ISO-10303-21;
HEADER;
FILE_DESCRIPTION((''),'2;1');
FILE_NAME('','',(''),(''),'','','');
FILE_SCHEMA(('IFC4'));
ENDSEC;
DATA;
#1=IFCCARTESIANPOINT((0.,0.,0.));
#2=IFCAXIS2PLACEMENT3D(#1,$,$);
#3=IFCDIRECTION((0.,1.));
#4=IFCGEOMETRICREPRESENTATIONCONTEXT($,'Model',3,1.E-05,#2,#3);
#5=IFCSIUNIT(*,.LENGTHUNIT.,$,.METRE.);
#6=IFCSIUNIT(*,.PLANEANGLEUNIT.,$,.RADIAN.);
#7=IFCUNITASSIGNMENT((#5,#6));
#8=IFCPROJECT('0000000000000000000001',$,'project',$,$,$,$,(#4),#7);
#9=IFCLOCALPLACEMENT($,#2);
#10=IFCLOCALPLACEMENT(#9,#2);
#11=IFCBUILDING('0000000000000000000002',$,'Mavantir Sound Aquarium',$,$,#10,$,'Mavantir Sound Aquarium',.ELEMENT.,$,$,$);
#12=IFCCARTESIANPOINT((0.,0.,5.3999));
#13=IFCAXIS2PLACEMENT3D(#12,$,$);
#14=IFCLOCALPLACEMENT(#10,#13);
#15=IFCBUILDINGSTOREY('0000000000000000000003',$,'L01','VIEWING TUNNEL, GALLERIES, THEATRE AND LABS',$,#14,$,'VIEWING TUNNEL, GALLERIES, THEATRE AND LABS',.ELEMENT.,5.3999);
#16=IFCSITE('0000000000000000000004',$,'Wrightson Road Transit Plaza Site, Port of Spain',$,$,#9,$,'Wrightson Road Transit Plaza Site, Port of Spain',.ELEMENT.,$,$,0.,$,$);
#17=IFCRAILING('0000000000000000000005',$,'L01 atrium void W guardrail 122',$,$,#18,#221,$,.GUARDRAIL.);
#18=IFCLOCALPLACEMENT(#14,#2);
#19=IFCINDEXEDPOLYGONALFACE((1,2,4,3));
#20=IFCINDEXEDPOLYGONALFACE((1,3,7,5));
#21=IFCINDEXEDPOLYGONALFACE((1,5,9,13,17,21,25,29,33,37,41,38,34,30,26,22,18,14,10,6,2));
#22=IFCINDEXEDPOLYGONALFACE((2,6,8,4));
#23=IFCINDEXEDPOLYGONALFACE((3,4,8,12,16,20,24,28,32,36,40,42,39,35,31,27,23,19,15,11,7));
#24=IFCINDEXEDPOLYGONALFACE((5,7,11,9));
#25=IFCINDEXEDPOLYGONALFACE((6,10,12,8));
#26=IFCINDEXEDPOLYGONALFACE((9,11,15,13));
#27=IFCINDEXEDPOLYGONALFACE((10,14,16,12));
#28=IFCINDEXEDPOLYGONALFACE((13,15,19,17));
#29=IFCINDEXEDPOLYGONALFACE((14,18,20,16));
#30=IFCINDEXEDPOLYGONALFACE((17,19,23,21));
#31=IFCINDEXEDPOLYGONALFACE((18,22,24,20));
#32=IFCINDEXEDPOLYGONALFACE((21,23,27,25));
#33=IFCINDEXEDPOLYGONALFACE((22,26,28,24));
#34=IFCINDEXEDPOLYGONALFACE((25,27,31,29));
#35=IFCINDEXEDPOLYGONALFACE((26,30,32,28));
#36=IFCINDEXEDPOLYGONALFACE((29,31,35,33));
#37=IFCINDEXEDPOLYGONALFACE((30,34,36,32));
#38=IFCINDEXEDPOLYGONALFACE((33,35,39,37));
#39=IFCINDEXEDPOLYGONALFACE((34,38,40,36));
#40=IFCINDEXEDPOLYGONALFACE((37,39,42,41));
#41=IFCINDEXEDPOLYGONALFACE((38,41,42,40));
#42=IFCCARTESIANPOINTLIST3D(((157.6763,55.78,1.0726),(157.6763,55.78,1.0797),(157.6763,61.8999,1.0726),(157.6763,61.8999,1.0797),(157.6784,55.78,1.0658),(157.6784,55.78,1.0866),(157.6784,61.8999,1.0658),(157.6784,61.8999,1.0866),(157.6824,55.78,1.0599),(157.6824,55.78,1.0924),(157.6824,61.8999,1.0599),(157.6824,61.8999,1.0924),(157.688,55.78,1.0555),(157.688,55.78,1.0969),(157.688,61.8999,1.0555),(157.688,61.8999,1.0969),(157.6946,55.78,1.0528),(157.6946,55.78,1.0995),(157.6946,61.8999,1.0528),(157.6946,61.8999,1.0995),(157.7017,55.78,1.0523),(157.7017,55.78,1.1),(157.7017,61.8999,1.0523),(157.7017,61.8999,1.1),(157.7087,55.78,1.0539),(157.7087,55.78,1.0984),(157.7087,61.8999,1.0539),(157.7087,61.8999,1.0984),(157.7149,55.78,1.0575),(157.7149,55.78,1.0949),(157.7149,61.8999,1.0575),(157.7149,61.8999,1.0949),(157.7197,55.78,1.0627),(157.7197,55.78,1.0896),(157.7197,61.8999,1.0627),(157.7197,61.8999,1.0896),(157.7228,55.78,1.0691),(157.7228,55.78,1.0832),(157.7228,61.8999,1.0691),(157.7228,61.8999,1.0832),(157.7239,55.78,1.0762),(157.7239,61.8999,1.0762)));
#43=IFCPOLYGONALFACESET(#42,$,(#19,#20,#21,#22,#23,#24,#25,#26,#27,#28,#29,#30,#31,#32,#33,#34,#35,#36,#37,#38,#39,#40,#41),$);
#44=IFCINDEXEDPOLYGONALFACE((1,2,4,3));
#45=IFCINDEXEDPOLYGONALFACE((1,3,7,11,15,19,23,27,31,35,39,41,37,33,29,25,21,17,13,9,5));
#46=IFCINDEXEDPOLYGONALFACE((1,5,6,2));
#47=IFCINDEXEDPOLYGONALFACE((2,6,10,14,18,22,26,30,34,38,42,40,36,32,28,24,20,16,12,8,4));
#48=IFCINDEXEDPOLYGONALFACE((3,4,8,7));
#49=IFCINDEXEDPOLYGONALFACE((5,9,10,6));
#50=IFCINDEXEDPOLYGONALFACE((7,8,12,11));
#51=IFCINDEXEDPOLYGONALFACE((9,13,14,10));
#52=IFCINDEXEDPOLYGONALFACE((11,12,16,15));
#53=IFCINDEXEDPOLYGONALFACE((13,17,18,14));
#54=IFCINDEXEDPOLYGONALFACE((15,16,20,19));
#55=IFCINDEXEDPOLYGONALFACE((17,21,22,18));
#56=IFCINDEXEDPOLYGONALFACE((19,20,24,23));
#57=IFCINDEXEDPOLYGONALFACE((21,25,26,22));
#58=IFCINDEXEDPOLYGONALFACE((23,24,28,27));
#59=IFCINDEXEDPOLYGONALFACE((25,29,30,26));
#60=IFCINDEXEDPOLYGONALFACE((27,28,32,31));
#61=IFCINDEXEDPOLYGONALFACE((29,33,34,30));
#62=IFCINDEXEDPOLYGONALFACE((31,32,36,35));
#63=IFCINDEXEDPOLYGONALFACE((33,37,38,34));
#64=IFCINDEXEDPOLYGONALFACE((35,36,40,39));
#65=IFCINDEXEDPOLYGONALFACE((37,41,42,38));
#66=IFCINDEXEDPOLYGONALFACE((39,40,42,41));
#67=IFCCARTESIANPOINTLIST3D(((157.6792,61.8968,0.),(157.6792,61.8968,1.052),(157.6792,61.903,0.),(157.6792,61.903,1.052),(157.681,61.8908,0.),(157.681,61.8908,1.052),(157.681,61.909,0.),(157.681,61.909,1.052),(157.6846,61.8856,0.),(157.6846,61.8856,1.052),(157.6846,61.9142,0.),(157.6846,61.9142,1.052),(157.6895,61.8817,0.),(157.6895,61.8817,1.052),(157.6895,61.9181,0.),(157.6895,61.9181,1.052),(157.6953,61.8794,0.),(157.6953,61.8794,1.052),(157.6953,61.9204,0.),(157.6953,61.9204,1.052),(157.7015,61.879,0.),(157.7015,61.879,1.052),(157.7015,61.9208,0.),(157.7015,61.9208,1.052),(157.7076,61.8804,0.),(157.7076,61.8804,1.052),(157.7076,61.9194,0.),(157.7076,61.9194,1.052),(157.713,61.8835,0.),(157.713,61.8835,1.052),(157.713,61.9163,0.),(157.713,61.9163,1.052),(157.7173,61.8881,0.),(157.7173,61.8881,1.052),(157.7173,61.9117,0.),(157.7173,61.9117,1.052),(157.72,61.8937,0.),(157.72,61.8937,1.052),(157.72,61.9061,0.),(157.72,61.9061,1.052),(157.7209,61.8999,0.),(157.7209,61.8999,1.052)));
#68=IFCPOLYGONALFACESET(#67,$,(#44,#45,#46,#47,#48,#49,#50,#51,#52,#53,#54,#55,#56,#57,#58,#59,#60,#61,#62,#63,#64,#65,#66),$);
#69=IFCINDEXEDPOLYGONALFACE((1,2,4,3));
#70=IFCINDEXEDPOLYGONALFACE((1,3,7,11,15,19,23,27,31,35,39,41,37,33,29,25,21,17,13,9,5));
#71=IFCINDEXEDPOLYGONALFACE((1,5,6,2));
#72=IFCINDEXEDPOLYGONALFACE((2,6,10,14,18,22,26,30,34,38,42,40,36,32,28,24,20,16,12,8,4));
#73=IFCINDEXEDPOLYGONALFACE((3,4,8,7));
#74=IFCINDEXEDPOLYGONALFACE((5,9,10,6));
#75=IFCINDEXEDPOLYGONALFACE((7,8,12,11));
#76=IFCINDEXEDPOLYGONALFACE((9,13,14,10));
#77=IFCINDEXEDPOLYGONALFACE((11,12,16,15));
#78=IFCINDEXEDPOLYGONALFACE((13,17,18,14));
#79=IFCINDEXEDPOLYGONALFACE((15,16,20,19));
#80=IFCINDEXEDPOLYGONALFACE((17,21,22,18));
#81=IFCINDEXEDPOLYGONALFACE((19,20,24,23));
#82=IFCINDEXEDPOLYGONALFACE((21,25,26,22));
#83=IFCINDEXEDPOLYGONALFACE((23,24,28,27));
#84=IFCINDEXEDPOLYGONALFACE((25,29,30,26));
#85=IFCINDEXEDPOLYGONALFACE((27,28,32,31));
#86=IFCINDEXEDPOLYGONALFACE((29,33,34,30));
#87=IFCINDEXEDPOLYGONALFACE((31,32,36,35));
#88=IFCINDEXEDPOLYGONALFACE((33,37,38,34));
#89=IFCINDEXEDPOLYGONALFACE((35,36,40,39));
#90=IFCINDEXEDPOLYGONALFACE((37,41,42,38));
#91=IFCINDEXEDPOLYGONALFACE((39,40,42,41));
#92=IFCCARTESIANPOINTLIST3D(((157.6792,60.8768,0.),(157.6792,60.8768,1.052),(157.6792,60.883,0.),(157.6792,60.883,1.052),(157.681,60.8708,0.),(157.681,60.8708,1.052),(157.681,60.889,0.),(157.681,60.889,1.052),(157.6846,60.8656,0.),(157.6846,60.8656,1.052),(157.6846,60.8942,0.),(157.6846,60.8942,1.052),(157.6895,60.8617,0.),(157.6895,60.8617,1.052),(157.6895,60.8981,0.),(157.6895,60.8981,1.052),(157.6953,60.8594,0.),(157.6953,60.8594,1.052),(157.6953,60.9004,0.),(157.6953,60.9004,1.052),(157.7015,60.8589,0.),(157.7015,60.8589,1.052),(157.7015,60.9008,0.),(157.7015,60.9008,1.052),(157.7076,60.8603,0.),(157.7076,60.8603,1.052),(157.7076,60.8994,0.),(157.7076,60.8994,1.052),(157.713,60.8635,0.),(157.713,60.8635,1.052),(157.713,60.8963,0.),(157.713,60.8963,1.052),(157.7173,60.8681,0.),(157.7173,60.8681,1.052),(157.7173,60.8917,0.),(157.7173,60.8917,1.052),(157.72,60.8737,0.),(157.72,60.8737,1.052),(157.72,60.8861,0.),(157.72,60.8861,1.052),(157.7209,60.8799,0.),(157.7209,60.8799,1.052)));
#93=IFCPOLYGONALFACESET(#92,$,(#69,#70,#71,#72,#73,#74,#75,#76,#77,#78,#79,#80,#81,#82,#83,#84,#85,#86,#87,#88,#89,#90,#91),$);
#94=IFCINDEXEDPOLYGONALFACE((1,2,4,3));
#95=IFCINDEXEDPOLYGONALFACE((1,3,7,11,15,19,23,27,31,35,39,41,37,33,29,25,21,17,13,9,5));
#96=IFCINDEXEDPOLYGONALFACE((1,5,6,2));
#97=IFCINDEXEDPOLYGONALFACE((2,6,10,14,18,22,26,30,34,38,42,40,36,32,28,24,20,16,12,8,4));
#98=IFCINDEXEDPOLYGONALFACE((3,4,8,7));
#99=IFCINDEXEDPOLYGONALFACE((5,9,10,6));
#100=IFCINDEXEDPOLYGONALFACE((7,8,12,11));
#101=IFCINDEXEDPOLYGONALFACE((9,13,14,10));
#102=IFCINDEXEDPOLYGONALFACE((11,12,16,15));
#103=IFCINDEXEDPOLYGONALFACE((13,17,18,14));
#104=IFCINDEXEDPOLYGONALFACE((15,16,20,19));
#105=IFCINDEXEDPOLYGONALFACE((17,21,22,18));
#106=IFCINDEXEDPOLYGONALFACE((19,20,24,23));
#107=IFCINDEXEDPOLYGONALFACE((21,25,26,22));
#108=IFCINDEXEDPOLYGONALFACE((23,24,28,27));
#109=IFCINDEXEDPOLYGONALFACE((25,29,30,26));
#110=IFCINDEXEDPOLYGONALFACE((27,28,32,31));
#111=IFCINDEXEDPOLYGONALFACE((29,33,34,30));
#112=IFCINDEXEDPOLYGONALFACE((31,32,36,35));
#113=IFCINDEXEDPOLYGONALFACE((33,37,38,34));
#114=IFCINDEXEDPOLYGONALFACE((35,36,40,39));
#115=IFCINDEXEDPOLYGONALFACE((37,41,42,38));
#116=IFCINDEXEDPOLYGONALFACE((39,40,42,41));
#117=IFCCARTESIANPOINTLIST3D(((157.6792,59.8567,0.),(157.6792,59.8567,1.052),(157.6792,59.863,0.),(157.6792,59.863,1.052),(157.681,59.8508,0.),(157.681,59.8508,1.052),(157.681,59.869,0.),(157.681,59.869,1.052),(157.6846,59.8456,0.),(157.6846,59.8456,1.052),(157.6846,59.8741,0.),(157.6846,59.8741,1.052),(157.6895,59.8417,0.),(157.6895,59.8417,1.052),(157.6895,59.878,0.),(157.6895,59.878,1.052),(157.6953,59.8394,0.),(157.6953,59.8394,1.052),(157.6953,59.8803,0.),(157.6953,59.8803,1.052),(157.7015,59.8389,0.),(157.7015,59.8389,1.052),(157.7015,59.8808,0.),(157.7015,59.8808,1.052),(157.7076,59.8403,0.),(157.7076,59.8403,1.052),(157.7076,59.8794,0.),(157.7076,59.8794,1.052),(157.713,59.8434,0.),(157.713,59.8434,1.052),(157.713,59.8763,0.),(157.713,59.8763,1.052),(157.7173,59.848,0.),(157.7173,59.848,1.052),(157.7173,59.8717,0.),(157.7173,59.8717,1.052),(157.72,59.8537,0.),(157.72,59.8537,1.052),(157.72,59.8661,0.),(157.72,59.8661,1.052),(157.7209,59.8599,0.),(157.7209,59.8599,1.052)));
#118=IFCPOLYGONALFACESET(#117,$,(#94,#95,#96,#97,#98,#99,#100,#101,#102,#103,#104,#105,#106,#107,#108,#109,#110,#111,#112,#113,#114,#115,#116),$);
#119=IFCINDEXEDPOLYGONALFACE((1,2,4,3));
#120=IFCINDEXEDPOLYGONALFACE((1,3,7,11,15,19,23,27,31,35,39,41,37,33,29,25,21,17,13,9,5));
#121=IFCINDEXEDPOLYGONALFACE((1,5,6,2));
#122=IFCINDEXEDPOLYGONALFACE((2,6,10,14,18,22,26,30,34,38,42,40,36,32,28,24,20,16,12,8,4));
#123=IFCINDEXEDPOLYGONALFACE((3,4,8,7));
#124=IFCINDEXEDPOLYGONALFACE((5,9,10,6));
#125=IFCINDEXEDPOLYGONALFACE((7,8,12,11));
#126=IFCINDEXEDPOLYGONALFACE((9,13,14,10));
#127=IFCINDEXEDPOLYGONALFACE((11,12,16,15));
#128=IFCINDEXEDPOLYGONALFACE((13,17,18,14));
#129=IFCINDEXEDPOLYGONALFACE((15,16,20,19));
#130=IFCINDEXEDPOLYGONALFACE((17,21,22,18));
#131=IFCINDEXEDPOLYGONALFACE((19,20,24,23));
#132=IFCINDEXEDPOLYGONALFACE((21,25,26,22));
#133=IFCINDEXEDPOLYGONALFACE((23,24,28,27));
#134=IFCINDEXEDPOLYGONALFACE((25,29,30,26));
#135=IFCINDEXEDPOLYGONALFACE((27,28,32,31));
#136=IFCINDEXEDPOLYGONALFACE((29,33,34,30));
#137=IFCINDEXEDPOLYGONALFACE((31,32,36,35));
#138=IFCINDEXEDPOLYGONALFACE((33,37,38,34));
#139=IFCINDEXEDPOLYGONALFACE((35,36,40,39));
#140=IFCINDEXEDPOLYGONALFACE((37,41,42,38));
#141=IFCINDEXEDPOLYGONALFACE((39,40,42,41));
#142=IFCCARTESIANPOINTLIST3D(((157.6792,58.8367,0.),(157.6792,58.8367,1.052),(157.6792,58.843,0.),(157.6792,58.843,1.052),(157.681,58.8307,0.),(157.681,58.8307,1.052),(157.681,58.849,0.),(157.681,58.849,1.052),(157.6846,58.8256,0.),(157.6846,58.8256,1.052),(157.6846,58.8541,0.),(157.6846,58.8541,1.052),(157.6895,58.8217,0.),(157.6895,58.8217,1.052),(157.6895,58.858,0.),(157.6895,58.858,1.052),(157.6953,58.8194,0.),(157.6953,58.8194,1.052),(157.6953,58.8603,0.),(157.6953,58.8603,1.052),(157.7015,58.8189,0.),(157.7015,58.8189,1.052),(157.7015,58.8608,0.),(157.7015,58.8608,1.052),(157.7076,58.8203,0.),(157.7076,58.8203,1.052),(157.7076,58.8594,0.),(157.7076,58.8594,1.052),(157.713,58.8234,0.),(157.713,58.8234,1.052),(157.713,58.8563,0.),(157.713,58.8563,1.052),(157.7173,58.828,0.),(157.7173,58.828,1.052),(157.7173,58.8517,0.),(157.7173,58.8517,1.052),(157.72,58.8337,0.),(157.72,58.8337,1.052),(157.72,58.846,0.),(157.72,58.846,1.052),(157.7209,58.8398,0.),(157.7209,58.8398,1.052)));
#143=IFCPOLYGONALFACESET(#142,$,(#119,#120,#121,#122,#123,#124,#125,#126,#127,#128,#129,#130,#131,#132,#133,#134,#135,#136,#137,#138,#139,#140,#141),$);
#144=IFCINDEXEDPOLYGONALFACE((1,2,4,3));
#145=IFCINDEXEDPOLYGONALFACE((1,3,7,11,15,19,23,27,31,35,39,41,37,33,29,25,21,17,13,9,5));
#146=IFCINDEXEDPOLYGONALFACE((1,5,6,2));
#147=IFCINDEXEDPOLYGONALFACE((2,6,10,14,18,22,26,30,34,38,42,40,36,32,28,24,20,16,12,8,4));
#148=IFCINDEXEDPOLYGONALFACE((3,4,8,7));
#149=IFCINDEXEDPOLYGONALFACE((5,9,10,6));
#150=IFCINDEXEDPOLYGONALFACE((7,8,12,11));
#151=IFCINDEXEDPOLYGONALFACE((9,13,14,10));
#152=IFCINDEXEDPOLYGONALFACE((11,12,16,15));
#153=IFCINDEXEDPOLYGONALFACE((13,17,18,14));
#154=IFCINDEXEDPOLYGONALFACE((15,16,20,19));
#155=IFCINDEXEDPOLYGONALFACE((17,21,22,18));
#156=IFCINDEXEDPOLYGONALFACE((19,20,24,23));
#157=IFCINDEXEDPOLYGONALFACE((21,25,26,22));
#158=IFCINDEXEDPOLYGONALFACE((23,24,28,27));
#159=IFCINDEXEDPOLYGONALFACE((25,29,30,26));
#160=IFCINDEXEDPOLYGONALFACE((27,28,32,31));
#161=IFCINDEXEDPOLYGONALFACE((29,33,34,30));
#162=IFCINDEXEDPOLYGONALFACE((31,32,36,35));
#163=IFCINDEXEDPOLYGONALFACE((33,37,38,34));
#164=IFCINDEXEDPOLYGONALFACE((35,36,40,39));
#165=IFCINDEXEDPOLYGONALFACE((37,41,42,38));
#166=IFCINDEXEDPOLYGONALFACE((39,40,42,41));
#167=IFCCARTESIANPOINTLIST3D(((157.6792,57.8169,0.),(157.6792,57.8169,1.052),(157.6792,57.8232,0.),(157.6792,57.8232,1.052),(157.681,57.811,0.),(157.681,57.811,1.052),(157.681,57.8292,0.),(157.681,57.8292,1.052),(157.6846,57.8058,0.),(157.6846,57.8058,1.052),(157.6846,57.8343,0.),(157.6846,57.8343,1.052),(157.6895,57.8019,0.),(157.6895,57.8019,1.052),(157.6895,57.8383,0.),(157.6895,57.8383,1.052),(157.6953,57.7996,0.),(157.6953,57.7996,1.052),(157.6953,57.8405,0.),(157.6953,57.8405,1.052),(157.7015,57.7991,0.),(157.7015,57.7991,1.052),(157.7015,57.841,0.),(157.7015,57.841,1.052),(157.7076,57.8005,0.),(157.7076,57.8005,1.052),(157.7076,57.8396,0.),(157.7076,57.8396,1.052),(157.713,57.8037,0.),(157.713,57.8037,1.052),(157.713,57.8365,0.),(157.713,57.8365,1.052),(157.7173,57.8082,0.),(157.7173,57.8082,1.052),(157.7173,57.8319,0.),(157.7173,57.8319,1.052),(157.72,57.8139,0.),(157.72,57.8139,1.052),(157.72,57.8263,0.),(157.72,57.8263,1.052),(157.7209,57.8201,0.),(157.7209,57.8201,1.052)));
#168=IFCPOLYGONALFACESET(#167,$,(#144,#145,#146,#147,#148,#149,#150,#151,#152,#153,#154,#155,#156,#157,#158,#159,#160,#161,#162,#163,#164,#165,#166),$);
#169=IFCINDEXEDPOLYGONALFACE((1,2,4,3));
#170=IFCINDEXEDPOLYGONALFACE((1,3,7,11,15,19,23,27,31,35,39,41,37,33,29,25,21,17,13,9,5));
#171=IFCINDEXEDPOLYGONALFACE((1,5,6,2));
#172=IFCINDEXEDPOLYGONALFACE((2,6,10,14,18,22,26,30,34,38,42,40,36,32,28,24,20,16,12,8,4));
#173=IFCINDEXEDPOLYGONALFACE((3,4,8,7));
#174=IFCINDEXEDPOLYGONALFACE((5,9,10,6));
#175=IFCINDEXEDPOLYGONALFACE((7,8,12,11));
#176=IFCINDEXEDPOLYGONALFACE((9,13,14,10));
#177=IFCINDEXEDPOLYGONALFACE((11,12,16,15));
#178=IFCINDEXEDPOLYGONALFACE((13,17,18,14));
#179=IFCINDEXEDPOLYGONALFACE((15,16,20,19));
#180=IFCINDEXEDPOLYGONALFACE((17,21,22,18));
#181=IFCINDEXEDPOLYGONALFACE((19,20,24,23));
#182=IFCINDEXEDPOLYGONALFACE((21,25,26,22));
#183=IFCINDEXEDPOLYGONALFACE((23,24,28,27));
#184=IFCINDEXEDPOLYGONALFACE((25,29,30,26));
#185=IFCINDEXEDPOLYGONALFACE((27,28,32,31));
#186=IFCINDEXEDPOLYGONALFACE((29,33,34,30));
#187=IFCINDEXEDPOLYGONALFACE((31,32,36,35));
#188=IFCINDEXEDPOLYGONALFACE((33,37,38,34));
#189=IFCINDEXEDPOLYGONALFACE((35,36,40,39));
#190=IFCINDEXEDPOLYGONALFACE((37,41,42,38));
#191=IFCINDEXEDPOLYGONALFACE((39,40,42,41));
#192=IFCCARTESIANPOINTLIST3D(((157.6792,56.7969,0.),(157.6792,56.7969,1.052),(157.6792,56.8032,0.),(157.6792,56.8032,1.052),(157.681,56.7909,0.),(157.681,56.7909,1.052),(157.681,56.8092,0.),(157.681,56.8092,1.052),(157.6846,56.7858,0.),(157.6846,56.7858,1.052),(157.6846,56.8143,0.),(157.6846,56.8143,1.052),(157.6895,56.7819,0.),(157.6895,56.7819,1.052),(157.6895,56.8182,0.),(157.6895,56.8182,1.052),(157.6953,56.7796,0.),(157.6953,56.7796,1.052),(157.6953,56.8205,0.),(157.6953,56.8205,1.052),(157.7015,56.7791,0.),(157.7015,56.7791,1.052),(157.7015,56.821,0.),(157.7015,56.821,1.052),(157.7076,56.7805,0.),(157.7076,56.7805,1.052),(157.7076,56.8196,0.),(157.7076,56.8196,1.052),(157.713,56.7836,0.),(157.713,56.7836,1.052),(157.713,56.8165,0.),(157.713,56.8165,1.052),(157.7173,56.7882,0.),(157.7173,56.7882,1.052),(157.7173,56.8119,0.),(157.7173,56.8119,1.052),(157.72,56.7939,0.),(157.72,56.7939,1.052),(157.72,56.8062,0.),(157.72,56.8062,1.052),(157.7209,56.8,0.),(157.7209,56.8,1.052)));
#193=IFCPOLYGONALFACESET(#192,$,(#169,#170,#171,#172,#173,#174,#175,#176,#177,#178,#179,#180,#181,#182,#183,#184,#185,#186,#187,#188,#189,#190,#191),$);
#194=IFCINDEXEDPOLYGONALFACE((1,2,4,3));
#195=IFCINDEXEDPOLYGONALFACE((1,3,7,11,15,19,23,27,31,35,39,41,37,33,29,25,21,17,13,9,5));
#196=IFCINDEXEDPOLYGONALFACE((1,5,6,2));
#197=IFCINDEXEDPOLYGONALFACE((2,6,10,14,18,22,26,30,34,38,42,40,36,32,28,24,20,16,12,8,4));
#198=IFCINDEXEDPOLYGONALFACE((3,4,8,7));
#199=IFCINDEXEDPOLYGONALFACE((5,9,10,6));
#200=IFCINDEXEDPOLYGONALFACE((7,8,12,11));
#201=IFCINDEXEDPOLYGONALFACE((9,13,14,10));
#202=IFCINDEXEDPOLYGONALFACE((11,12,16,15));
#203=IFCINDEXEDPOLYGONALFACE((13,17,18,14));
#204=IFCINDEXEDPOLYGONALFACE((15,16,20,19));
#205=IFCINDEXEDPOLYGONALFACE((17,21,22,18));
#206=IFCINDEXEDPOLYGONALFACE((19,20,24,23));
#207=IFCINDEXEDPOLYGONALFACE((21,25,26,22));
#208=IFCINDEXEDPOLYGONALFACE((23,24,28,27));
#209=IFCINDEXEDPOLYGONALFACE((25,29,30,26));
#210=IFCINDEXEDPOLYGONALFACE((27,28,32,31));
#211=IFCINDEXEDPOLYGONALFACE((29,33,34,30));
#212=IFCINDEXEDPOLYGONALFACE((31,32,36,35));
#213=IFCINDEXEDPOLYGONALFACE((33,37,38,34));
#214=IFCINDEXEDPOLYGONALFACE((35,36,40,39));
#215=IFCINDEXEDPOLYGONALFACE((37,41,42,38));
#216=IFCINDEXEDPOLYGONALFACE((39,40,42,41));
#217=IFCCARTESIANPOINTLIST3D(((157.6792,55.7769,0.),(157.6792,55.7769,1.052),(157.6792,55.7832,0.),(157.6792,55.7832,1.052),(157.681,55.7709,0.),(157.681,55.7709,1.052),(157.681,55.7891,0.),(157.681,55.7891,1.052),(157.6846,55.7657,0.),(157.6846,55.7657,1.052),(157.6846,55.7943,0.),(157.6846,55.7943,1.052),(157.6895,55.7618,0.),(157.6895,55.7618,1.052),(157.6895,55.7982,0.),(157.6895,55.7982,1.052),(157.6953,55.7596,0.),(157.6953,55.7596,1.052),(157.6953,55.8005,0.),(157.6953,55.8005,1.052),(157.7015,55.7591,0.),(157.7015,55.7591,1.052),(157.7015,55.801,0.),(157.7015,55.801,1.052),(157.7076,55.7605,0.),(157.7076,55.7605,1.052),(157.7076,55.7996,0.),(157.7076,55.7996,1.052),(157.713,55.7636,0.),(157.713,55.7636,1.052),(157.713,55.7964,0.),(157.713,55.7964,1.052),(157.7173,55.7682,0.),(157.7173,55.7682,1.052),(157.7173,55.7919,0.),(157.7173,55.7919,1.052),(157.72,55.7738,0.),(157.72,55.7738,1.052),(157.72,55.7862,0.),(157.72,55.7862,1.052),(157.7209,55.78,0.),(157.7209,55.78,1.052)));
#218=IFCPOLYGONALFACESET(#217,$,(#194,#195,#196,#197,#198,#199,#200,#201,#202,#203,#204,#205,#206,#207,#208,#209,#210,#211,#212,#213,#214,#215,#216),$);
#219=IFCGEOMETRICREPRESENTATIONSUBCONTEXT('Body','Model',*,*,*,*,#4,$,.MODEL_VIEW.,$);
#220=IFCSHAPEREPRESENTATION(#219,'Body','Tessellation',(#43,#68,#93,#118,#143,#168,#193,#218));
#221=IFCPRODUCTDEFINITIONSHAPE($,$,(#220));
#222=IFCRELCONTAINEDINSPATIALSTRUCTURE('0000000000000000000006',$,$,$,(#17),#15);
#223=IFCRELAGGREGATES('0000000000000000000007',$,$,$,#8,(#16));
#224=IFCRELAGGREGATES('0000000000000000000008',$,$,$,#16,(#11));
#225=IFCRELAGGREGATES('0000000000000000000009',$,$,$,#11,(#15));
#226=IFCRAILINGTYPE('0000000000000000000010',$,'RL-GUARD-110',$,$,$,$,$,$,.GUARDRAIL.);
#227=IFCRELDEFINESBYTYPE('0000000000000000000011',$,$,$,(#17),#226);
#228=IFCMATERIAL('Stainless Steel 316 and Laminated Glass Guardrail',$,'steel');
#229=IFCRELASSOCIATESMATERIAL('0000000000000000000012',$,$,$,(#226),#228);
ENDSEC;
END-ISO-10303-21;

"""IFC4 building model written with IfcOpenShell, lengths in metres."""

from ifc_helpers import new_model, si_unit, direction, frame, origin, origin_2d, place, context, subcontext, project, spatial, circle, extrude, material, type_object, element, save


model = new_model("IFC4")

# Units and contexts
model_context = context("Model", 3, precision=1e-05, world=origin(), true_north=direction((0.0, 1.0)))
body_context = subcontext(model_context, "Body", "Model", "MODEL_VIEW")
ifc_project = project(units=[si_unit("LENGTHUNIT", "METRE"), si_unit("PLANEANGLEUNIT", "RADIAN")], contexts=[model_context])

# Site, building, storey
site_placement = place(None, origin())
site = spatial("IfcSite", under=ifc_project, at=site_placement, Name="Wrightson Road Transit Plaza Site, Port of Spain", LongName="Wrightson Road Transit Plaza Site, Port of Spain", CompositionType="ELEMENT", RefElevation=0.0)
building_placement = place(site_placement, origin())
building = spatial("IfcBuilding", under=site, at=building_placement, Name="Mavantir Sound Aquarium", LongName="Mavantir Sound Aquarium", CompositionType="ELEMENT")
storey_placement = place(building_placement, frame((0.0, 0.0, 5.3999)))
storey = spatial("IfcBuildingStorey", under=building, at=storey_placement, Name="L01", Description="VIEWING TUNNEL, GALLERIES, THEATRE AND LABS", LongName="VIEWING TUNNEL, GALLERIES, THEATRE AND LABS", CompositionType="ELEMENT", Elevation=5.3999)

# Railing
ifc_material_1 = material(Name="Stainless Steel 316 and Laminated Glass Guardrail", Category="steel")
railing_type = type_object("IfcRailingType", Name="RL-GUARD-110", PredefinedType="GUARDRAIL", material=ifc_material_1)
railing_1_placement = place(storey_placement, frame((157.7, 61.8999, 0.0)))
element("IfcRailing", 1, at=railing_1_placement, inside=storey, type_object=railing_type, Name="L01 atrium void W guardrail 122", PredefinedType="GUARDRAIL", context=body_context, shape_type="SweptSolid", body=[
    extrude(circle(Radius=0.0239, at=origin_2d()), frame((0.0, 0.0, 1.0762), z_axis=(0.0, -1.0, 0.0), x_axis=(1.0, 0.0, 0.0)), (0.0, 0.0, 1.0), 6.1199),
    extrude(circle(Radius=0.021, at=origin_2d()), origin(), (0.0, 0.0, 1.0), 1.052),
    extrude(circle(Radius=0.021, at=origin_2d()), frame((0.0, -1.02, 0.0)), (0.0, 0.0, 1.0), 1.052),
    extrude(circle(Radius=0.021, at=origin_2d()), frame((0.0, -2.04, 0.0)), (0.0, 0.0, 1.0), 1.052),
    extrude(circle(Radius=0.021, at=origin_2d()), frame((0.0, -3.0601, 0.0)), (0.0, 0.0, 1.0), 1.052),
    extrude(circle(Radius=0.021, at=origin_2d()), frame((0.0, -4.0798, 0.0)), (0.0, 0.0, 1.0), 1.052),
    extrude(circle(Radius=0.021, at=origin_2d()), frame((0.0, -5.0999, 0.0)), (0.0, 0.0, 1.0), 1.052),
    extrude(circle(Radius=0.021, at=origin_2d()), frame((0.0, -6.1199, 0.0)), (0.0, 0.0, 1.0), 1.052),
])

save(model, "model.ifc")
